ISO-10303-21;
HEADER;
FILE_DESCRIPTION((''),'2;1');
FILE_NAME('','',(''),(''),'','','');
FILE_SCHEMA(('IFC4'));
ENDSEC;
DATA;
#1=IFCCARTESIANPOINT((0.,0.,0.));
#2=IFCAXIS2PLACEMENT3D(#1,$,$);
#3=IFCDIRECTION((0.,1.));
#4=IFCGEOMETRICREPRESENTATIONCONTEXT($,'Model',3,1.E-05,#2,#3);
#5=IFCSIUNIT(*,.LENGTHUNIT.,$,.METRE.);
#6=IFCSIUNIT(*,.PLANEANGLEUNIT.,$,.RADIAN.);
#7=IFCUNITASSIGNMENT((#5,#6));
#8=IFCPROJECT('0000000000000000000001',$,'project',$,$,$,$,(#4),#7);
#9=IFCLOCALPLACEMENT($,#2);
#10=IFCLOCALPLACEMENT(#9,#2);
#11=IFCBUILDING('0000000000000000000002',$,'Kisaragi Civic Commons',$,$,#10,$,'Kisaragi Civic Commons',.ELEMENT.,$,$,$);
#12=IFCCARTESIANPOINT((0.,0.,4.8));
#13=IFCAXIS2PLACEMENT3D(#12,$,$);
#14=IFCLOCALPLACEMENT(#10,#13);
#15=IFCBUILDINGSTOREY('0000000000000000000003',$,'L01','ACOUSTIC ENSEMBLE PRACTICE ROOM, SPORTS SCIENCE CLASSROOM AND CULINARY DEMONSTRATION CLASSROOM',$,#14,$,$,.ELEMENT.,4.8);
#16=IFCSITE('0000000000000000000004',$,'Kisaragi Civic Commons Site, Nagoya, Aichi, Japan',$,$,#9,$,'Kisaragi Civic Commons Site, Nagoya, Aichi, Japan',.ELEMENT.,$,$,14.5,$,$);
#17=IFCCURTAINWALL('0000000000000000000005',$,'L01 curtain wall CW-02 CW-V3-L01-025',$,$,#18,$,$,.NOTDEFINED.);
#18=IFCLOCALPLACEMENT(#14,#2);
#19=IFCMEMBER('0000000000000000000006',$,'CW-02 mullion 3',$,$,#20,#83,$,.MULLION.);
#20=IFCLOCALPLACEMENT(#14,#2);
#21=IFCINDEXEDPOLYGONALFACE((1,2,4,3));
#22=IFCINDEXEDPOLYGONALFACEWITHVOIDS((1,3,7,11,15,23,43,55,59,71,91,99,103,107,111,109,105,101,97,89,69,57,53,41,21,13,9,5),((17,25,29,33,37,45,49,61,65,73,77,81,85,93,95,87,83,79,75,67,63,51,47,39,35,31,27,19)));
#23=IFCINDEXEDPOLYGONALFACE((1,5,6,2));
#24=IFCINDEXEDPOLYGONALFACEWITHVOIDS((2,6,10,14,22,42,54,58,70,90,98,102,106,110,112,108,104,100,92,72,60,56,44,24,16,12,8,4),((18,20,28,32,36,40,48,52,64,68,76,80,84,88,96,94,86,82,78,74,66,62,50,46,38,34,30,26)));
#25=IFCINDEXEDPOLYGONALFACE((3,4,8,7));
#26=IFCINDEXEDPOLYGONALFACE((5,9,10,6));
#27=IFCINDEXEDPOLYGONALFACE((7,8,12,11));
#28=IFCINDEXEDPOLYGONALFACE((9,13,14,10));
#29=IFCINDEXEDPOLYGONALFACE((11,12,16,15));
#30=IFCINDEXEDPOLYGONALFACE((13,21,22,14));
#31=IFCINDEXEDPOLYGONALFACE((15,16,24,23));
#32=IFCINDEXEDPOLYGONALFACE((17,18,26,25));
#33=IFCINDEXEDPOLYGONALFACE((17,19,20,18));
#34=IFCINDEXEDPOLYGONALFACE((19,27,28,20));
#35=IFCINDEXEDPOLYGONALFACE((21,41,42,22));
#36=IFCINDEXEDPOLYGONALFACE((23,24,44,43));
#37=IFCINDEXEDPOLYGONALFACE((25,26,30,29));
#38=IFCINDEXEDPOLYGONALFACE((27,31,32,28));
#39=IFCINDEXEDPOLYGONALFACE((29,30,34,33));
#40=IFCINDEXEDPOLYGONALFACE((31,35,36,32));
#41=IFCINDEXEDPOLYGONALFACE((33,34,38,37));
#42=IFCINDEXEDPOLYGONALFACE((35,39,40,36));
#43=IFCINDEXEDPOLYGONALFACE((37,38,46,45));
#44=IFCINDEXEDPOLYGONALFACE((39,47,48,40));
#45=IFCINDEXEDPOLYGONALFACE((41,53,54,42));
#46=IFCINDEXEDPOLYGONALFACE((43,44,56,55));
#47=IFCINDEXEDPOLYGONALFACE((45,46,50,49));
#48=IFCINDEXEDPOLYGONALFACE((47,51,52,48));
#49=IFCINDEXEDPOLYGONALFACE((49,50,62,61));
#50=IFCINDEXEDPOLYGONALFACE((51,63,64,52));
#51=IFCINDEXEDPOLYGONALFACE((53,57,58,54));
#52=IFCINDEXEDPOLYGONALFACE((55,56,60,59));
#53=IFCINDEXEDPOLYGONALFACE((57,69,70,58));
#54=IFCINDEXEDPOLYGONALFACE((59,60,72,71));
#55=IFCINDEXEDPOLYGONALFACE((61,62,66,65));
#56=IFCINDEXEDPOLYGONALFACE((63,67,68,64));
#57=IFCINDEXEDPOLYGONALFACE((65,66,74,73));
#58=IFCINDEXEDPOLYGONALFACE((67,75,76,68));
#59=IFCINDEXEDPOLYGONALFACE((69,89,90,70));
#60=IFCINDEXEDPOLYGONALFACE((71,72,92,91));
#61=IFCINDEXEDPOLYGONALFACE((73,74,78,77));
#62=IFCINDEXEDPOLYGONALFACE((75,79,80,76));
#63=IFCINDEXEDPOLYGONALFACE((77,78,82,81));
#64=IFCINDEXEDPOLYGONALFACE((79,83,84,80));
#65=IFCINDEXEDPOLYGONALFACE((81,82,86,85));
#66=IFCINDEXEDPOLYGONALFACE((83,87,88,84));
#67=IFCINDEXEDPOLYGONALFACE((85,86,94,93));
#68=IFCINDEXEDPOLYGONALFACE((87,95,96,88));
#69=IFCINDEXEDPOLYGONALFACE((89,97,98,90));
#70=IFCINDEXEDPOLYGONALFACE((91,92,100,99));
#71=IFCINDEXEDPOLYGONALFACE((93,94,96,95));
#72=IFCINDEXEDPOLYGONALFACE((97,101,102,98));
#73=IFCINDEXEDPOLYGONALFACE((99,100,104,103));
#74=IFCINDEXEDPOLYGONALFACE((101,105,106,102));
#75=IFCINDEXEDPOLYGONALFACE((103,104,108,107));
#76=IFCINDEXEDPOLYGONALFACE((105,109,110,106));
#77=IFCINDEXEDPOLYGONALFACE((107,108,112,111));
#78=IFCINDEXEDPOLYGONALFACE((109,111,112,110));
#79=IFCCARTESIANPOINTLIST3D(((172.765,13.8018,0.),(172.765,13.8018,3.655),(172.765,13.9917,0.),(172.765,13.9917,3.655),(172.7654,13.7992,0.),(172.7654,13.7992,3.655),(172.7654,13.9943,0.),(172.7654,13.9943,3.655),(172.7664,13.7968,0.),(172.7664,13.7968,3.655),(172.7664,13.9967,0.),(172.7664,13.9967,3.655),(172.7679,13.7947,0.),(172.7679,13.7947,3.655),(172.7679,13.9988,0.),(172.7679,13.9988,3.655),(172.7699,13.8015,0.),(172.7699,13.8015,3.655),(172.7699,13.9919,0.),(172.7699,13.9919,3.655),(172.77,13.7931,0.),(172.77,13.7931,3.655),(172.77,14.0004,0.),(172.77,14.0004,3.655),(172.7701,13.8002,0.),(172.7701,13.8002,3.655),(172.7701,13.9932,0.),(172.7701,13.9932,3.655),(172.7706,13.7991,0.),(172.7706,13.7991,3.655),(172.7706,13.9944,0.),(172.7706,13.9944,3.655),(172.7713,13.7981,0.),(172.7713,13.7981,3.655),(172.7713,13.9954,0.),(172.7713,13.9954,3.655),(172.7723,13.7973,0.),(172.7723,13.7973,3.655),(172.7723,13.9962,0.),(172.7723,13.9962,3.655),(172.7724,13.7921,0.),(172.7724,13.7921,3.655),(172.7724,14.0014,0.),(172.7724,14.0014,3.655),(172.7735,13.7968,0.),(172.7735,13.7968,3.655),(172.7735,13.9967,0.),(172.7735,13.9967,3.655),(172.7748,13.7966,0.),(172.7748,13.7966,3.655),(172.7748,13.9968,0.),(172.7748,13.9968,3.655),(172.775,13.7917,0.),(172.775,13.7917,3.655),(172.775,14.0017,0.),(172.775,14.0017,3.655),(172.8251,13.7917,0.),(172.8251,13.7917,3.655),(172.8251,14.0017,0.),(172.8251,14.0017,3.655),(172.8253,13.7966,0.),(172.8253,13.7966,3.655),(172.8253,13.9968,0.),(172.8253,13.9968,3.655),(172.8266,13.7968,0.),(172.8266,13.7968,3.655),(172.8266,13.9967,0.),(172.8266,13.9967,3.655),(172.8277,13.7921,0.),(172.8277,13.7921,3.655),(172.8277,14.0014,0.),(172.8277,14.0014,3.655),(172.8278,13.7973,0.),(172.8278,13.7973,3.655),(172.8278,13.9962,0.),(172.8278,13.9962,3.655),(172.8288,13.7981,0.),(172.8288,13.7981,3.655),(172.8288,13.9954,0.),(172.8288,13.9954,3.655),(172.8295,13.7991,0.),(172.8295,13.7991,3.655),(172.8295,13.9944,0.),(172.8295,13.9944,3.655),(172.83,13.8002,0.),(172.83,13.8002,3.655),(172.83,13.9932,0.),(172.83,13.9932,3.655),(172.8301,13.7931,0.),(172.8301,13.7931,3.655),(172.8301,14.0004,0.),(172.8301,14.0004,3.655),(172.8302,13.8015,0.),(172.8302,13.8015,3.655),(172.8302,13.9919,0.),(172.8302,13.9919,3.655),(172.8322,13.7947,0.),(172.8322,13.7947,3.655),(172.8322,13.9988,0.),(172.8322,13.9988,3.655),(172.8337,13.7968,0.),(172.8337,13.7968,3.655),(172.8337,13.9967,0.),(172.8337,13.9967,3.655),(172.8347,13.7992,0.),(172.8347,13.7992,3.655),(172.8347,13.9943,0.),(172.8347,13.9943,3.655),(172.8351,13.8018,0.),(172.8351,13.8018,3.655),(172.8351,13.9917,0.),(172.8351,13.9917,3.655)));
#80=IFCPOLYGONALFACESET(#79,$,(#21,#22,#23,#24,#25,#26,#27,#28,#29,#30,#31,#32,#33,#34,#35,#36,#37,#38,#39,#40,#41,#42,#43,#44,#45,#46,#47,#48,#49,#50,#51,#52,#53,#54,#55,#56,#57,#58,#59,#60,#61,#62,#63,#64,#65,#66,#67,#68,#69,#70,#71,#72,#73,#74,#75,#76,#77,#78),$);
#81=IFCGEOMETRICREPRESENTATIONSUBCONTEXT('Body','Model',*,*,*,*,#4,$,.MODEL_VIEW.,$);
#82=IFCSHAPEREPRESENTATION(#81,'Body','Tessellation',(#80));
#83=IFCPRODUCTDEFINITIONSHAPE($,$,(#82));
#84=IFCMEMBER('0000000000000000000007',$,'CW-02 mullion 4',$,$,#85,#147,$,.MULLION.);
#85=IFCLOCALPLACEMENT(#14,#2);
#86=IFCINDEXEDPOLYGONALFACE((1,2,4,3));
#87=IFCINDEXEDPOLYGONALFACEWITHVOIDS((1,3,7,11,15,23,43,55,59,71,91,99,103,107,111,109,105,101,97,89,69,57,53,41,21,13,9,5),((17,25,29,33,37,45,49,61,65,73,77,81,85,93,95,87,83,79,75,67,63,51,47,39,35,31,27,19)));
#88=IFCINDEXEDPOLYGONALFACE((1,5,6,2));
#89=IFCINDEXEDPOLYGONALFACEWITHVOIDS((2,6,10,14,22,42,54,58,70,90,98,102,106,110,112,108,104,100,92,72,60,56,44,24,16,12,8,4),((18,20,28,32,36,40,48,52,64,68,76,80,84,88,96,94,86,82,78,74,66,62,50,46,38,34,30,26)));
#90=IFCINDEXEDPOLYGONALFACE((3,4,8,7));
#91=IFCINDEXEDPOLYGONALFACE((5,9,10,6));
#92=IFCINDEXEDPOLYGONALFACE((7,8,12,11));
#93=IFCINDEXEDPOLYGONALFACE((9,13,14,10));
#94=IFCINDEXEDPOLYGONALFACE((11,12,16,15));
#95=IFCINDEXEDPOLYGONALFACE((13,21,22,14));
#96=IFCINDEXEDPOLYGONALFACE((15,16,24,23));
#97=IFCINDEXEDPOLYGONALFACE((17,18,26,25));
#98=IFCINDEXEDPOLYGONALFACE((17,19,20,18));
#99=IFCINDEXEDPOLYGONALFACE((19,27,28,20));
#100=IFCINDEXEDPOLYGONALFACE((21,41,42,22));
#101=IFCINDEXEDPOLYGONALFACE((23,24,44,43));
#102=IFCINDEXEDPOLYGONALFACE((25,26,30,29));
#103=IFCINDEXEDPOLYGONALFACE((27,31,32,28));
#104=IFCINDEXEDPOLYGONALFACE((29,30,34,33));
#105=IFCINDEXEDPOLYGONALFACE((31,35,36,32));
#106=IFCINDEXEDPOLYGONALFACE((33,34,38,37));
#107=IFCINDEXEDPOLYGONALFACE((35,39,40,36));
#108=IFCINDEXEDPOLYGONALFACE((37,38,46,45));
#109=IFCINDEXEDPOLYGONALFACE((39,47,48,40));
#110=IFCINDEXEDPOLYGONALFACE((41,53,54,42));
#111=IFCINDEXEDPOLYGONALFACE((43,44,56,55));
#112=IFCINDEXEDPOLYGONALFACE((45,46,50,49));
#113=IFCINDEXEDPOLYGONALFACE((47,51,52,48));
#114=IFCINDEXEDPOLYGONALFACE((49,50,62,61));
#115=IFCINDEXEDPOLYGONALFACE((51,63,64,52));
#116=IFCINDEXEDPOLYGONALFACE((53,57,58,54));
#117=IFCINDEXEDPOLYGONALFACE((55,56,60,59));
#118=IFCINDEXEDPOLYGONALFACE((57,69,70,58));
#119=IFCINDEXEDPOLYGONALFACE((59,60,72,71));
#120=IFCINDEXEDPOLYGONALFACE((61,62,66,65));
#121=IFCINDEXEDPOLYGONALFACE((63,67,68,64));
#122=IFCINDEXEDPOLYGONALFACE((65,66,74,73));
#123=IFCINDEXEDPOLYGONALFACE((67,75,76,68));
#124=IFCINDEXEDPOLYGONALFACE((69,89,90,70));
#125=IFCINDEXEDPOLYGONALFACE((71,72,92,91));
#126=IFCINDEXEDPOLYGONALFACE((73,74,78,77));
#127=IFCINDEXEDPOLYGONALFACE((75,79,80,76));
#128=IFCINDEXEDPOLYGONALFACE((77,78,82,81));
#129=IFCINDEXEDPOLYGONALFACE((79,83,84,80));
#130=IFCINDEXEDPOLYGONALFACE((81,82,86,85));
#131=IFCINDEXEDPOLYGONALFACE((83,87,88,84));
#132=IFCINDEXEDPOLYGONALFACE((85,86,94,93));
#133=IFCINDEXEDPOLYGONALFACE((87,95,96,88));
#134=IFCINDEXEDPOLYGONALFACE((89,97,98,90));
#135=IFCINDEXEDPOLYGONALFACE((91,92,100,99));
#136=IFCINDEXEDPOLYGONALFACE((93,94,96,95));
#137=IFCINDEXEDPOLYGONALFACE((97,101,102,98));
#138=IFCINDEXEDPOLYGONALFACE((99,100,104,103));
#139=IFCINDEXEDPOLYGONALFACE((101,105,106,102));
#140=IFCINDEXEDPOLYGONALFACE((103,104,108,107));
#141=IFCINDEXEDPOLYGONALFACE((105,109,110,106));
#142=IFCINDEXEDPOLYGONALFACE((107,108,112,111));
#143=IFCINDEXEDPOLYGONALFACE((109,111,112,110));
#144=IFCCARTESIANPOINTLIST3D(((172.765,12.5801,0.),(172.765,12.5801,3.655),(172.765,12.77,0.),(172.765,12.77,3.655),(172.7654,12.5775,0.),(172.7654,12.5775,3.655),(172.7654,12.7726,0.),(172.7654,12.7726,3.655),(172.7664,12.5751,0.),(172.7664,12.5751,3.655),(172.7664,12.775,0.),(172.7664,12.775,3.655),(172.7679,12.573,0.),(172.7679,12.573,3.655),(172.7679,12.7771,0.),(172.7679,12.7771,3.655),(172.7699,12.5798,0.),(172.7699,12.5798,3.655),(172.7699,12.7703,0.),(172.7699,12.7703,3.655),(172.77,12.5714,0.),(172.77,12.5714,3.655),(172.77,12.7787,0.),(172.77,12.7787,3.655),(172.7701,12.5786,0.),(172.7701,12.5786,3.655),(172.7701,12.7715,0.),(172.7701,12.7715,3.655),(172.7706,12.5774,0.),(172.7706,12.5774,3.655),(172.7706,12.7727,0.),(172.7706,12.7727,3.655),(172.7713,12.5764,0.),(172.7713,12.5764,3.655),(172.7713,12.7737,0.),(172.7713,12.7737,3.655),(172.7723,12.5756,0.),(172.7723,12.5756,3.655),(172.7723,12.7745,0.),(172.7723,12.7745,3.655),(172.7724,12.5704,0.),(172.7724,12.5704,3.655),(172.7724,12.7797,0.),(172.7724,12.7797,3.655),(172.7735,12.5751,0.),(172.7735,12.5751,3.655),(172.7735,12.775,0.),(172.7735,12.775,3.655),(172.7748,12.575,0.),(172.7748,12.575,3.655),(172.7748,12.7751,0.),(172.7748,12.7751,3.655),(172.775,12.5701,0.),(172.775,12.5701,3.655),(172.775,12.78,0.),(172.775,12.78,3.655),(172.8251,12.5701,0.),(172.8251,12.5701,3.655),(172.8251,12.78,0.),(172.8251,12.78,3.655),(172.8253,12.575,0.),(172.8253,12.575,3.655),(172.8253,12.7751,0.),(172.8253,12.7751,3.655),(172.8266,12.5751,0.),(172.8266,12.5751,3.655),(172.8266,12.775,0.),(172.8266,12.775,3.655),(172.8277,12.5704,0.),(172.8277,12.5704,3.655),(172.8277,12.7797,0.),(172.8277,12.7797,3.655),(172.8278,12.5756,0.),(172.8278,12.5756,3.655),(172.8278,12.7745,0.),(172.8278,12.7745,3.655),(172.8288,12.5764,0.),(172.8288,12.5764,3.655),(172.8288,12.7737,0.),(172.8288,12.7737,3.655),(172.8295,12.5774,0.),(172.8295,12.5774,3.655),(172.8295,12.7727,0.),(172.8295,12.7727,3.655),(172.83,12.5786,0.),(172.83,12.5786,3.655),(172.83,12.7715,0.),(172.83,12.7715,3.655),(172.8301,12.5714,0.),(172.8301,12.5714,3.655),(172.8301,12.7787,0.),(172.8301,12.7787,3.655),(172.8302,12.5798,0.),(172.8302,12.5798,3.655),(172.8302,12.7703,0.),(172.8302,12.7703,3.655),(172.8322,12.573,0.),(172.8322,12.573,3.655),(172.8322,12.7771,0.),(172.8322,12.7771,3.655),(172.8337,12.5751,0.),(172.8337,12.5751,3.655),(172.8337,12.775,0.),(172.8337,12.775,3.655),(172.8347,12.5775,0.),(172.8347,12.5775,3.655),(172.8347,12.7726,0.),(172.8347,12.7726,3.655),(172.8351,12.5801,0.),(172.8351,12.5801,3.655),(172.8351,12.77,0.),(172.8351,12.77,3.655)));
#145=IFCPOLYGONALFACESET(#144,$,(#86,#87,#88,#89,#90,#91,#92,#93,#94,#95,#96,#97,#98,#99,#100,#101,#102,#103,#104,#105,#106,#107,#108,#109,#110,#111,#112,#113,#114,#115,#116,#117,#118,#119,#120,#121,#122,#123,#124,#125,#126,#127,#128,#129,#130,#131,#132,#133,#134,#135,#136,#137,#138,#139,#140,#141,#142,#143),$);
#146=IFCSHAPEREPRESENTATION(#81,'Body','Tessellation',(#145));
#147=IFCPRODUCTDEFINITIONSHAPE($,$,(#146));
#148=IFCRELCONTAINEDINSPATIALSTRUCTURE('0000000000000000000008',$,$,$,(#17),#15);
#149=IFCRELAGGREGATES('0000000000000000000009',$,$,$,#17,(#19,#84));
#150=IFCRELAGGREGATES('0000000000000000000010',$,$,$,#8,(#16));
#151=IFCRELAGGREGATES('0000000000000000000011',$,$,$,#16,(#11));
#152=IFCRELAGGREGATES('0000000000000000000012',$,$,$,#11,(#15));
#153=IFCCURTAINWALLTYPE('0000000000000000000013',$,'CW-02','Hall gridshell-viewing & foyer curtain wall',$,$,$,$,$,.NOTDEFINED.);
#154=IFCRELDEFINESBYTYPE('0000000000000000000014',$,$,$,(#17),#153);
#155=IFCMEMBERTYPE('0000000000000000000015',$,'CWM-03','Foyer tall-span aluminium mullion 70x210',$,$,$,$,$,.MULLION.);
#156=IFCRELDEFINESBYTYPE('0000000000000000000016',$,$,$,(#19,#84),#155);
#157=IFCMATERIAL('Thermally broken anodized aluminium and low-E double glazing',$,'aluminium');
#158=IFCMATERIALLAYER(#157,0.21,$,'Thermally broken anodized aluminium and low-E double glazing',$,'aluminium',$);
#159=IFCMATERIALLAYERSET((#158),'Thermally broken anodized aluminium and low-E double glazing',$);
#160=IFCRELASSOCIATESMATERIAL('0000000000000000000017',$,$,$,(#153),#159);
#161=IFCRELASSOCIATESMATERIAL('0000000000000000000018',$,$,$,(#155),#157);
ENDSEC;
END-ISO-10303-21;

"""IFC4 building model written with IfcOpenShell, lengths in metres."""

from ifc_helpers import new_model, si_unit, direction, frame, origin, origin_2d, place, context, subcontext, project, spatial, hollow_rectangle, extrude, material, layer, layer_set, material_profile, profile_set, type_object, element, aggregate, save


model = new_model("IFC4")

# Units and contexts
model_context = context("Model", 3, precision=1e-05, world=origin(), true_north=direction((0.0, 1.0)))
body_context = subcontext(model_context, "Body", "Model", "MODEL_VIEW")
ifc_project = project(units=[si_unit("LENGTHUNIT", "METRE"), si_unit("PLANEANGLEUNIT", "RADIAN")], contexts=[model_context])

# Site, building, storey
site_placement = place(None, origin())
site = spatial("IfcSite", under=ifc_project, at=site_placement, Name="Kisaragi Civic Commons Site, Nagoya, Aichi, Japan", LongName="Kisaragi Civic Commons Site, Nagoya, Aichi, Japan", CompositionType="ELEMENT", RefElevation=14.5)
building_placement = place(site_placement, origin())
building = spatial("IfcBuilding", under=site, at=building_placement, Name="Kisaragi Civic Commons", LongName="Kisaragi Civic Commons", CompositionType="ELEMENT")
storey_placement = place(building_placement, frame((0.0, 0.0, 4.8)))
storey = spatial("IfcBuildingStorey", under=building, at=storey_placement, Name="L01", Description="ACOUSTIC ENSEMBLE PRACTICE ROOM, SPORTS SCIENCE CLASSROOM AND CULINARY DEMONSTRATION CLASSROOM", CompositionType="ELEMENT", Elevation=4.8)

# Curtain wall, members
ifc_material = material(Name="Thermally broken anodized aluminium and low-E double glazing", Category="aluminium")
ifc_layer_1 = layer(ifc_material, 0.21, Name="Thermally broken anodized aluminium and low-E double glazing", Category="aluminium")
ifc_layer_set_1 = layer_set([ifc_layer_1], Name="Thermally broken anodized aluminium and low-E double glazing")
curtain_wall_type = type_object("IfcCurtainWallType", Name="CW-02", Description="Hall gridshell-viewing & foyer curtain wall", PredefinedType="NOTDEFINED", material=ifc_layer_set_1)
curtain_wall_1_placement = place(storey_placement, origin())
curtain_wall_1 = element("IfcCurtainWall", 1, at=curtain_wall_1_placement, inside=storey, type_object=curtain_wall_type, Name="L01 curtain wall CW-02 CW-V3-L01-025", PredefinedType="NOTDEFINED")
ifc_material_profile_1 = material_profile(ifc_material, hollow_rectangle(XDim=0.0701, YDim=0.21, WallThickness=0.0049, InnerFilletRadius=0.0049, OuterFilletRadius=0.01, at=origin_2d()), Name="CWM-70x210x5", Category="aluminium")
ifc_profile_set_1 = profile_set([ifc_material_profile_1], Name="Thermally broken anodized aluminium and low-E double glazing")
member_type_1 = type_object("IfcMemberType", Name="CWM-03", Description="Foyer tall-span aluminium mullion 70x210", PredefinedType="MULLION", material=ifc_profile_set_1)
member_1_placement = place(storey_placement, frame((172.8, 13.8967, 0.0), z_axis=(0.0, 0.0, 1.0), x_axis=(1.0, 0.0, 0.0)))
member_1 = element("IfcMember", 2, at=member_1_placement, type_object=member_type_1, Name="CW-02 mullion 3", PredefinedType="MULLION", context=body_context, shape_type="SweptSolid", body=[
    extrude(hollow_rectangle(XDim=0.0701, YDim=0.21, WallThickness=0.0049, InnerFilletRadius=0.0049, OuterFilletRadius=0.01, at=origin_2d()), origin(), (0.0, 0.0, 1.0), 3.655),
])
member_2_placement = place(storey_placement, frame((172.8, 12.675, 0.0), z_axis=(0.0, 0.0, 1.0), x_axis=(1.0, 0.0, 0.0)))
member_2 = element("IfcMember", 3, at=member_2_placement, type_object=member_type_1, Name="CW-02 mullion 4", PredefinedType="MULLION", context=body_context, shape_type="SweptSolid", body=[
    extrude(hollow_rectangle(XDim=0.0701, YDim=0.21, WallThickness=0.0049, InnerFilletRadius=0.0049, OuterFilletRadius=0.01, at=origin_2d()), origin(), (0.0, 0.0, 1.0), 3.655),
])

aggregate(curtain_wall_1, [member_1, member_2])

save(model, "model.ifc")
